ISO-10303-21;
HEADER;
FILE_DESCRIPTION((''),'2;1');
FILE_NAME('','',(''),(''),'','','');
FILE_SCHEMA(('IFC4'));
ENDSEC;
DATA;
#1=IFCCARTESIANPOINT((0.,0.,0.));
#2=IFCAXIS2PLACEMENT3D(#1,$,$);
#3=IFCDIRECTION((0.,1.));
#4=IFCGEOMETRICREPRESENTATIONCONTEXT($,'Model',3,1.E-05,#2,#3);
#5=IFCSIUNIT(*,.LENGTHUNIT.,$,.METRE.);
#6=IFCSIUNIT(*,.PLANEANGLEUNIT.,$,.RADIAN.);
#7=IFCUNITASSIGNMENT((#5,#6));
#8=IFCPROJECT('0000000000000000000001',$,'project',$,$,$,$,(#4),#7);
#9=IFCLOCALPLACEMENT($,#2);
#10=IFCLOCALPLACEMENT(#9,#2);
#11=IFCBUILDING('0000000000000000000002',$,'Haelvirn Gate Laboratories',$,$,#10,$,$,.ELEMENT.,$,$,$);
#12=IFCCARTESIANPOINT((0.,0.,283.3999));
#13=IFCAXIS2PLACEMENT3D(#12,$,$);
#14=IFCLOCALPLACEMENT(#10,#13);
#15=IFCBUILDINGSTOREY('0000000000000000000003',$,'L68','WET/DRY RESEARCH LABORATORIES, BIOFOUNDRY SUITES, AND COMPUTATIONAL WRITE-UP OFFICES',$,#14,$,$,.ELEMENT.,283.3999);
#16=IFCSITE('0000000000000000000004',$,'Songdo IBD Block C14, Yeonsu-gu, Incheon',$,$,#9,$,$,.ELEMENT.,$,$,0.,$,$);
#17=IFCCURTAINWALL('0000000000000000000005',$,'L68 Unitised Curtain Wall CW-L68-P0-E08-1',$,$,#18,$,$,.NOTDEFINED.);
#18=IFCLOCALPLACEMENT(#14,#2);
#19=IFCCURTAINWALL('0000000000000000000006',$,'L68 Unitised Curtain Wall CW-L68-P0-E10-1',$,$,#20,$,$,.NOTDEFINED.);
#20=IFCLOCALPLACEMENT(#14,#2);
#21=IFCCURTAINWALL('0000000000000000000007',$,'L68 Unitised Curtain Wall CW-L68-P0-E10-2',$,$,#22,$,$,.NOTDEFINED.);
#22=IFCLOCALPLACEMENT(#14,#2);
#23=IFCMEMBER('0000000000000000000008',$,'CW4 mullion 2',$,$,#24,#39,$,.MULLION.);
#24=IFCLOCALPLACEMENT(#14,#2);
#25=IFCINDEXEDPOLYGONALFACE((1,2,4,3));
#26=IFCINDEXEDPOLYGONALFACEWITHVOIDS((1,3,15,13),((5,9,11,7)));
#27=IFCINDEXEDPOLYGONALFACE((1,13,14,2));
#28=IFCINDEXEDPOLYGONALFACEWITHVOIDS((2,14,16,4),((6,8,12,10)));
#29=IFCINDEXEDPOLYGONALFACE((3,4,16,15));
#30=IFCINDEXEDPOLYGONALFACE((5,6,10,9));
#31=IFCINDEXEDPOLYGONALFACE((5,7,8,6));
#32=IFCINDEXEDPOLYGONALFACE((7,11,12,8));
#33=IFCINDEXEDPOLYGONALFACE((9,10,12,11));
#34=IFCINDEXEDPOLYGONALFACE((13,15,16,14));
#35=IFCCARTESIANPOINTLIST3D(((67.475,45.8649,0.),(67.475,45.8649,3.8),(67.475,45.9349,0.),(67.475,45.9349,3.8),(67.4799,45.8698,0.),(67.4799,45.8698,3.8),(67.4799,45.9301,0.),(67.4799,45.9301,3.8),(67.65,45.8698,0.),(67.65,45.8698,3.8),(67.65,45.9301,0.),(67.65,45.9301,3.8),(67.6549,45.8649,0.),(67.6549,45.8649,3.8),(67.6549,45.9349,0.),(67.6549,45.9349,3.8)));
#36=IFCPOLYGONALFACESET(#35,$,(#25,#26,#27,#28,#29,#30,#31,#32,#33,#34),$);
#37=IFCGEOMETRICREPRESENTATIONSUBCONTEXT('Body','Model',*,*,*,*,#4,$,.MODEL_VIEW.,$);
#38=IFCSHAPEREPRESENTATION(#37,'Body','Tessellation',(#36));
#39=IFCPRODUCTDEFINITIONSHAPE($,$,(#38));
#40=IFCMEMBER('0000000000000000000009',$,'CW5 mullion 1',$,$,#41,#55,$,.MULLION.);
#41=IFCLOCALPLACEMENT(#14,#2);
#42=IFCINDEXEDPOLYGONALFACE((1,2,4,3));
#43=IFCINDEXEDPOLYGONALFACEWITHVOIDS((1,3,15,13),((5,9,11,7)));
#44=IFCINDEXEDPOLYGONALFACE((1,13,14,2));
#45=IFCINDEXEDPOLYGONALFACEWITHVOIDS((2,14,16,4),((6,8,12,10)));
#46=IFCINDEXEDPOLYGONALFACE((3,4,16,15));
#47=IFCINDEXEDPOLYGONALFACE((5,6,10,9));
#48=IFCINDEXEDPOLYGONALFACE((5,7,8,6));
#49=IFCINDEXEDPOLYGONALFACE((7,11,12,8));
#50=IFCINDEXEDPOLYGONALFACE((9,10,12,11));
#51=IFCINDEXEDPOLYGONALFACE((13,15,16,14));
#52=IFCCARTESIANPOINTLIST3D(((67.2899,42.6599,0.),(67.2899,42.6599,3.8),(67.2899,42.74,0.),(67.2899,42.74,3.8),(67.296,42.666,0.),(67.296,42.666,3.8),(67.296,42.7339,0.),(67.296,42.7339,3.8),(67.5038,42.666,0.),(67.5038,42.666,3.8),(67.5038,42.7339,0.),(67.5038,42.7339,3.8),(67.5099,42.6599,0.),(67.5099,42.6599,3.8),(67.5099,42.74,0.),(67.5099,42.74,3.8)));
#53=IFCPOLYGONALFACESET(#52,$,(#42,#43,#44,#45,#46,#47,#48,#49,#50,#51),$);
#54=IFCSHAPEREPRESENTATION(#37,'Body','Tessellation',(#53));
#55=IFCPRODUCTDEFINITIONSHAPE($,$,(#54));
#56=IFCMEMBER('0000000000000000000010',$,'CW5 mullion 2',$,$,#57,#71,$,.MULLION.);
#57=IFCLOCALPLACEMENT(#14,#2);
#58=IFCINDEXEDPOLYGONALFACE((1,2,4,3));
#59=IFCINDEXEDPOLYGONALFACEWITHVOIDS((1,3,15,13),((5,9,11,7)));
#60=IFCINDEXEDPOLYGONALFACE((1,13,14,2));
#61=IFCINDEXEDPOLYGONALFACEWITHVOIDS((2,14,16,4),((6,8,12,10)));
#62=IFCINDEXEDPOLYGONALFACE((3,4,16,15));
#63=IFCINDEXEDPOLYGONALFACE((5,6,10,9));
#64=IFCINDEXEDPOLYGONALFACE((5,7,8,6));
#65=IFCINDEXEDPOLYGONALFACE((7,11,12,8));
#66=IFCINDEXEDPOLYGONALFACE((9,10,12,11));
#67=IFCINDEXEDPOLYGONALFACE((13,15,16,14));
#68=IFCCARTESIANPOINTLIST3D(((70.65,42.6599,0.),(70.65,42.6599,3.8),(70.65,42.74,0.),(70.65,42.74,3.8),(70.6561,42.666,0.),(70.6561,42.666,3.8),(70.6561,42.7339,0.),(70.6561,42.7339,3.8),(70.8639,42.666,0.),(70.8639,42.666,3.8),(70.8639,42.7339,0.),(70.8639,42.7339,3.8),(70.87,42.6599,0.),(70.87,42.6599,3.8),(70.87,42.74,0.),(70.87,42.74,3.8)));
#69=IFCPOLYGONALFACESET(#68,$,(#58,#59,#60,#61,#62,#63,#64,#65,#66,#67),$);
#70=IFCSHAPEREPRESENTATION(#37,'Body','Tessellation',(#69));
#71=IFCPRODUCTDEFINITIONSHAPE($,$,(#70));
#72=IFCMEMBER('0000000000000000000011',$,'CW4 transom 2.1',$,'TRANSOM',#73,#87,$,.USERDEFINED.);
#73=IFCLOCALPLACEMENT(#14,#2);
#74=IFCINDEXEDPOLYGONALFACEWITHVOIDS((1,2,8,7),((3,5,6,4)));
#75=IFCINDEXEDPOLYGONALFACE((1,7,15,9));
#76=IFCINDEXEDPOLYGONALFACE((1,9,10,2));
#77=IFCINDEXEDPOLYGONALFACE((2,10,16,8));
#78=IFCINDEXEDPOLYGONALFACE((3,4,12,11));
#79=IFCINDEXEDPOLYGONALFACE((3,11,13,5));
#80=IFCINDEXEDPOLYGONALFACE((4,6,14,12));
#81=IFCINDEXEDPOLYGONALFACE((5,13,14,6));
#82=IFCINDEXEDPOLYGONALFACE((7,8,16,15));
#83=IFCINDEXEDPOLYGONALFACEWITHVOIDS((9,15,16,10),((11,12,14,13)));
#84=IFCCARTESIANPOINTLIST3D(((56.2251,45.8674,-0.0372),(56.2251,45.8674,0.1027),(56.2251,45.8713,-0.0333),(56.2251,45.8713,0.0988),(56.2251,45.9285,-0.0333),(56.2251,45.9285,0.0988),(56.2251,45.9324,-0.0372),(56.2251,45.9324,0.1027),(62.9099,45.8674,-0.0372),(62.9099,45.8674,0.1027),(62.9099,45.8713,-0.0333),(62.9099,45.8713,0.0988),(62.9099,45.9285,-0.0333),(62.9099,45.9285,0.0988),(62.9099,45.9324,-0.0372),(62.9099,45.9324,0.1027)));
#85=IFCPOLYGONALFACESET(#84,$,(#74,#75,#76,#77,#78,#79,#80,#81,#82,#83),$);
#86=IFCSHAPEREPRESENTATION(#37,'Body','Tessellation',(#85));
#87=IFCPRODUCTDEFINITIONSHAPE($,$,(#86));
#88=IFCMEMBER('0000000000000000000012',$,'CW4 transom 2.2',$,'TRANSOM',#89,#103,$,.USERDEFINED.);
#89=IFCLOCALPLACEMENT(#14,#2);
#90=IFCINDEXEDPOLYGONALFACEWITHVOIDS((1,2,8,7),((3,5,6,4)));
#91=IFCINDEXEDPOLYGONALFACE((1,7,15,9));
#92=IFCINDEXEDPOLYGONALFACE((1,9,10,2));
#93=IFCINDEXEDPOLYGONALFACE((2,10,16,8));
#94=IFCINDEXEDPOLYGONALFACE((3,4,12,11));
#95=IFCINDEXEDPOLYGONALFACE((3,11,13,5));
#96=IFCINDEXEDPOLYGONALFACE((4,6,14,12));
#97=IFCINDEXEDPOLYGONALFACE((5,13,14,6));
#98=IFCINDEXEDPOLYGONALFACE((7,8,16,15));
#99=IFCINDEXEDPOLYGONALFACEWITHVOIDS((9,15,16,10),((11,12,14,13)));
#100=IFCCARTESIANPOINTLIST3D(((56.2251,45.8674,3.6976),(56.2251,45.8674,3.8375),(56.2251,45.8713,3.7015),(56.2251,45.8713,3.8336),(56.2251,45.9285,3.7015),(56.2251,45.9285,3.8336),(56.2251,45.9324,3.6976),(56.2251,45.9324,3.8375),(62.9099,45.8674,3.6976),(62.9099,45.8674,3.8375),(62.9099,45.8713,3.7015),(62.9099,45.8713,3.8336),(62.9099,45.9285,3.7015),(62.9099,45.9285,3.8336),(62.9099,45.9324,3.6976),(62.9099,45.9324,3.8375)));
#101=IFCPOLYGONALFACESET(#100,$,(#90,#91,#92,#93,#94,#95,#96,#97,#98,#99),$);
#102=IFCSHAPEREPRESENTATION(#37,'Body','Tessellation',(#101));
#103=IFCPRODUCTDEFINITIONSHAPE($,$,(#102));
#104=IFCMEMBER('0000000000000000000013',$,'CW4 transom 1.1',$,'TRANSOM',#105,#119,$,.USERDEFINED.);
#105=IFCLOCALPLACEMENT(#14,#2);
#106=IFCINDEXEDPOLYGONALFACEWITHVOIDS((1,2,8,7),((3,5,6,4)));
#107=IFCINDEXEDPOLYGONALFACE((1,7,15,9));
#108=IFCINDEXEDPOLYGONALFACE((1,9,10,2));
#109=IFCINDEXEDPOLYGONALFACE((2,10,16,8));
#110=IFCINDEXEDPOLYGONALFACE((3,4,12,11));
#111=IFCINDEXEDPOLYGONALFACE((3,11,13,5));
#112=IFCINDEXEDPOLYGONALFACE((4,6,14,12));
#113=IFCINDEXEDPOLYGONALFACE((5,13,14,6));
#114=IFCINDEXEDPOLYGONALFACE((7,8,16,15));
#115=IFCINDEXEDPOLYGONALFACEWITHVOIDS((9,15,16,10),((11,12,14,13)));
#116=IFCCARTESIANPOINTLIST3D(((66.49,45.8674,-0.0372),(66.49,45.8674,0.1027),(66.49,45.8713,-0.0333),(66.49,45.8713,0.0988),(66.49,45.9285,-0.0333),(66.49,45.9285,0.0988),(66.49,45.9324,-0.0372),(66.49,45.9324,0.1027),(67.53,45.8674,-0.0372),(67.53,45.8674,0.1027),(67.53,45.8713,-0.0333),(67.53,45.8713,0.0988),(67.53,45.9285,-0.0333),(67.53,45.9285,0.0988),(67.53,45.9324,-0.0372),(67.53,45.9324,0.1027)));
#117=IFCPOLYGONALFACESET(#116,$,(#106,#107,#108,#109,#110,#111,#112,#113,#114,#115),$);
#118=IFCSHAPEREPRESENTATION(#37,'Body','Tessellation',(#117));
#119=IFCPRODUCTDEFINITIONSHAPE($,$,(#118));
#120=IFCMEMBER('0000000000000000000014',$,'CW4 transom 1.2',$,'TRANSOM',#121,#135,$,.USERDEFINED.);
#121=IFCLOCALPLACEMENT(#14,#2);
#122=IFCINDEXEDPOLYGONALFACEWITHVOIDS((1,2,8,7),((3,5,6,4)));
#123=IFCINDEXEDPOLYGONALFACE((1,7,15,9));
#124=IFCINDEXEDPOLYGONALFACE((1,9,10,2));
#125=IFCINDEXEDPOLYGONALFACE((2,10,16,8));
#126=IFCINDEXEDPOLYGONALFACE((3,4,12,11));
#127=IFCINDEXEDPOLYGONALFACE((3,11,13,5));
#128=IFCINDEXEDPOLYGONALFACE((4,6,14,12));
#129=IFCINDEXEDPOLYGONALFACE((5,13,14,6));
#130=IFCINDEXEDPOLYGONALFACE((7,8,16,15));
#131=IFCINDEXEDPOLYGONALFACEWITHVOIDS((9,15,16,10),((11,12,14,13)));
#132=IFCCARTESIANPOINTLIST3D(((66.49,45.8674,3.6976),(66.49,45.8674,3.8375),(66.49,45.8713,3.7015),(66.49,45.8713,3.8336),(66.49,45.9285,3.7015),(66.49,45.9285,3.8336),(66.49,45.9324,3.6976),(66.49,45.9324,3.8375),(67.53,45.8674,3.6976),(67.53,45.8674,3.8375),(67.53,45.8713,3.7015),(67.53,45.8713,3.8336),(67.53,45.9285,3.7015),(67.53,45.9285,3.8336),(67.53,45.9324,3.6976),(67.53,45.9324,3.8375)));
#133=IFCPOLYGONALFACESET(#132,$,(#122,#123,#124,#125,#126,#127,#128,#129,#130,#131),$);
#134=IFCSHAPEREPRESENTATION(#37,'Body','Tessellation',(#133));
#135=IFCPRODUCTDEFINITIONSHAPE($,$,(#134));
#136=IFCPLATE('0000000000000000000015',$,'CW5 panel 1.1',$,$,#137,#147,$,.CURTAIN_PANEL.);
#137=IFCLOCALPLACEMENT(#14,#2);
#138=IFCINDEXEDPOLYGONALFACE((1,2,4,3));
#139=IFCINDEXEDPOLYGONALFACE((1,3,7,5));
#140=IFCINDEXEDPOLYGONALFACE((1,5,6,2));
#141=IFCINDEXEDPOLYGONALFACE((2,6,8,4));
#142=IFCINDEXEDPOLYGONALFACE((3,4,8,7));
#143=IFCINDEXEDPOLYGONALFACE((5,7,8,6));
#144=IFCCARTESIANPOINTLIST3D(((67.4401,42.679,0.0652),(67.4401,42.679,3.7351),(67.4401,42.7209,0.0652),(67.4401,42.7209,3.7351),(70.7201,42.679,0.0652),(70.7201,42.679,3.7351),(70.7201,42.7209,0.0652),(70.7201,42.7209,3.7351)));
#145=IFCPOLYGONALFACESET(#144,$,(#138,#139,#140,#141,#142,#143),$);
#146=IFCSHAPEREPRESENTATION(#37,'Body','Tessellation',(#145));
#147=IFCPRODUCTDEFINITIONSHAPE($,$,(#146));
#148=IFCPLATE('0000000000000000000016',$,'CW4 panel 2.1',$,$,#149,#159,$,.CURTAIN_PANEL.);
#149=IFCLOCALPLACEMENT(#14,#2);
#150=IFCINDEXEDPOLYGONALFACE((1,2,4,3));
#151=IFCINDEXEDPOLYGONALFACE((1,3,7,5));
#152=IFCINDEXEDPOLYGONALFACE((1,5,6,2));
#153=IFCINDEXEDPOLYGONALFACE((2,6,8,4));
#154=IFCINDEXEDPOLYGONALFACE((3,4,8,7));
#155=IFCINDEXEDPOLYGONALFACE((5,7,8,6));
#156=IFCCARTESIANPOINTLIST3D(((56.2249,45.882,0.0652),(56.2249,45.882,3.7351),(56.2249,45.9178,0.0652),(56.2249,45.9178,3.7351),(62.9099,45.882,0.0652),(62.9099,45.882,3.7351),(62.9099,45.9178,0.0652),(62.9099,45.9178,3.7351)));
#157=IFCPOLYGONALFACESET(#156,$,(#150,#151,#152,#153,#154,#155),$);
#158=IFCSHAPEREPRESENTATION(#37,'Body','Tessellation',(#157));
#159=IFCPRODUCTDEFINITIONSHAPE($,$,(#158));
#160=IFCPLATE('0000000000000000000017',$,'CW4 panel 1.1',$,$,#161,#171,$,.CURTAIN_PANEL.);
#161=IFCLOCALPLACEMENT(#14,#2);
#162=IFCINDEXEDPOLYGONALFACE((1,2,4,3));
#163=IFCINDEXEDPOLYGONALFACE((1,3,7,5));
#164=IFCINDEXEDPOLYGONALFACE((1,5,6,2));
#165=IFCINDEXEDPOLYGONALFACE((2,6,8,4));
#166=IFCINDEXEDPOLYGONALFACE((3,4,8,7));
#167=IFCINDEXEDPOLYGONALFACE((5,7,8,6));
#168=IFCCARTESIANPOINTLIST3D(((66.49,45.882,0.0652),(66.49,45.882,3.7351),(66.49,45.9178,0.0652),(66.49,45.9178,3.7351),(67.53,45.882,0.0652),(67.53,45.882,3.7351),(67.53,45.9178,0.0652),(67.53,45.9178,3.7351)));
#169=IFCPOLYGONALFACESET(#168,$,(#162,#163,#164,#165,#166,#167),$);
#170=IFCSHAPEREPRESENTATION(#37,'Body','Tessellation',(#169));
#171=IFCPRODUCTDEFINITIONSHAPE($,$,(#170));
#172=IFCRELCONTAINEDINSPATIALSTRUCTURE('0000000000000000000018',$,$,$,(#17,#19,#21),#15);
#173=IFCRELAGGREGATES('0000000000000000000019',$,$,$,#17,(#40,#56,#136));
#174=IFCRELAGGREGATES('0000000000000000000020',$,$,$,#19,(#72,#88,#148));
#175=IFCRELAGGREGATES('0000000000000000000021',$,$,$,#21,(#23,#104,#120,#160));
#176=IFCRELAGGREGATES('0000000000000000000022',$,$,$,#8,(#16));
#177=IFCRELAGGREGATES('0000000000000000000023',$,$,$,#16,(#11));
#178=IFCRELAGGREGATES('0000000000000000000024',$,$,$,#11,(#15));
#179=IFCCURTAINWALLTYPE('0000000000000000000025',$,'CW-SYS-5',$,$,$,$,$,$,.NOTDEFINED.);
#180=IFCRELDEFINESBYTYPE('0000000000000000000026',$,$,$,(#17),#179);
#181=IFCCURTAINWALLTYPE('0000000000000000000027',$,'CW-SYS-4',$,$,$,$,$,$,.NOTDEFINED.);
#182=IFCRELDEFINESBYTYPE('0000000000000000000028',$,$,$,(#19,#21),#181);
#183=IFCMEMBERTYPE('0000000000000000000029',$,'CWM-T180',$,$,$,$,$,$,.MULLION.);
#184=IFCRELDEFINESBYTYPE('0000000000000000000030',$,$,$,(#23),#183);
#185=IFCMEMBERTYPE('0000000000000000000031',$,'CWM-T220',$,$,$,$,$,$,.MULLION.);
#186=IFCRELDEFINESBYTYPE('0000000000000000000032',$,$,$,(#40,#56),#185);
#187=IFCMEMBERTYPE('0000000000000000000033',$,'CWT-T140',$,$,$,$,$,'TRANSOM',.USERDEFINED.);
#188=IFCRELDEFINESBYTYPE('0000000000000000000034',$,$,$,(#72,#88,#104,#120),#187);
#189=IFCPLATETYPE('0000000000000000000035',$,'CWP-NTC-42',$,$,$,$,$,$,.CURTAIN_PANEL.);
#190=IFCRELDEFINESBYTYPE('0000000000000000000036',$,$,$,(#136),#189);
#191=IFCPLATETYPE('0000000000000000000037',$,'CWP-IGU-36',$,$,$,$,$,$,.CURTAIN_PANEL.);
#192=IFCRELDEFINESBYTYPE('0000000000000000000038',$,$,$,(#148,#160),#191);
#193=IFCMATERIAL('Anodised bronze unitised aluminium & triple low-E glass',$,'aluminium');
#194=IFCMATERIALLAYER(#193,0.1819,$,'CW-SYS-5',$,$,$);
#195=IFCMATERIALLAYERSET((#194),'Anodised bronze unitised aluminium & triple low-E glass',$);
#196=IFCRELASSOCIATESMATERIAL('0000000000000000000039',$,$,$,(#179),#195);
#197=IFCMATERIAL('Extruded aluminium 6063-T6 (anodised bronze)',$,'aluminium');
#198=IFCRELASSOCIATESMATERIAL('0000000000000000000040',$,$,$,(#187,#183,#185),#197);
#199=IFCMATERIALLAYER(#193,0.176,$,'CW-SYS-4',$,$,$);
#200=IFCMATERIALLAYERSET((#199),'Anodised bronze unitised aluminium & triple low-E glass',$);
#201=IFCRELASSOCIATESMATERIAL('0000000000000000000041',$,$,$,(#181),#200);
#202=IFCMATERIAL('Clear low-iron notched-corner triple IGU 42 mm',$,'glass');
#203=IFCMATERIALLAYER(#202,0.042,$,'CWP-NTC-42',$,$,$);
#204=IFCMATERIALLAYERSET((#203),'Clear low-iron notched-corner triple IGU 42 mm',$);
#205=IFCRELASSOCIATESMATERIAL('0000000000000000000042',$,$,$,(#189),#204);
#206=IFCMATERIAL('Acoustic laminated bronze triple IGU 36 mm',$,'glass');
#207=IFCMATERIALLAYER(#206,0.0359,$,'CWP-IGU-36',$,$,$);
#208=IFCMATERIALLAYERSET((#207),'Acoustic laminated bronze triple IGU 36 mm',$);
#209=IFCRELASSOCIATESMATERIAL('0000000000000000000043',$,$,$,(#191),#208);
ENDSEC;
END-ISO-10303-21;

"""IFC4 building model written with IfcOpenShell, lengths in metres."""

from ifc_helpers import new_model, si_unit, direction, frame, origin, origin_2d, place, context, subcontext, project, spatial, rectangle, hollow_rectangle, extrude, source, transform, mapped, material, layer, layer_set, material_profile, profile_set, type_object, type_shapes, element, aggregate, save


model = new_model("IFC4")

# Units and contexts
model_context = context("Model", 3, precision=1e-05, world=origin(), true_north=direction((0.0, 1.0)))
body_context = subcontext(model_context, "Body", "Model", "MODEL_VIEW")
ifc_project = project(units=[si_unit("LENGTHUNIT", "METRE"), si_unit("PLANEANGLEUNIT", "RADIAN")], contexts=[model_context])

# Site, building, storey
site_placement = place(None, origin())
site = spatial("IfcSite", under=ifc_project, at=site_placement, Name="Songdo IBD Block C14, Yeonsu-gu, Incheon", CompositionType="ELEMENT", RefElevation=0.0)
building_placement = place(site_placement, origin())
building = spatial("IfcBuilding", under=site, at=building_placement, Name="Haelvirn Gate Laboratories", CompositionType="ELEMENT")
storey_placement = place(building_placement, frame((0.0, 0.0, 283.3999)))
storey = spatial("IfcBuildingStorey", under=building, at=storey_placement, Name="L68", Description="WET/DRY RESEARCH LABORATORIES, BIOFOUNDRY SUITES, AND COMPUTATIONAL WRITE-UP OFFICES", CompositionType="ELEMENT", Elevation=283.3999)

# Curtain wall
ifc_material_1 = material(Name="Anodised bronze unitised aluminium & triple low-E glass", Category="aluminium")
ifc_layer_1 = layer(ifc_material_1, 0.1819, Name="CW-SYS-5")
ifc_layer_set_1 = layer_set([ifc_layer_1], Name="Anodised bronze unitised aluminium & triple low-E glass")
curtain_wall_type_1 = type_object("IfcCurtainWallType", Name="CW-SYS-5", PredefinedType="NOTDEFINED", material=ifc_layer_set_1)
curtain_wall_1_placement = place(storey_placement, origin())
curtain_wall_1 = element("IfcCurtainWall", 1, at=curtain_wall_1_placement, inside=storey, type_object=curtain_wall_type_1, Name="L68 Unitised Curtain Wall CW-L68-P0-E08-1", PredefinedType="NOTDEFINED")
ifc_material_2 = material(Name="Extruded aluminium 6063-T6 (anodised bronze)", Category="aluminium")
ifc_material_profile_1 = material_profile(ifc_material_2, hollow_rectangle(XDim=0.0649, YDim=0.1399, WallThickness=0.0039, at=origin_2d()), Name="CWT-140x65x4")
ifc_profile_set_1 = profile_set([ifc_material_profile_1], Name="Extruded aluminium 6063-T6 (anodised bronze)")
member_type_1 = type_object("IfcMemberType", Name="CWT-T140", ElementType="TRANSOM", PredefinedType="USERDEFINED", material=ifc_profile_set_1)

# Shared definitions
ifc_layer_2 = layer(ifc_material_1, 0.176, Name="CW-SYS-4")
ifc_layer_set_2 = layer_set([ifc_layer_2], Name="Anodised bronze unitised aluminium & triple low-E glass")
curtain_wall_type_2 = type_object("IfcCurtainWallType", Name="CW-SYS-4", PredefinedType="NOTDEFINED", material=ifc_layer_set_2)
ifc_material_profile_2 = material_profile(ifc_material_2, hollow_rectangle(XDim=0.0701, YDim=0.1799, WallThickness=0.0049, at=origin_2d()), Name="CWM-180x70x5")
ifc_profile_set_2 = profile_set([ifc_material_profile_2], Name="Extruded aluminium 6063-T6 (anodised bronze)")
member_type_2 = type_object("IfcMemberType", Name="CWM-T180", PredefinedType="MULLION", material=ifc_profile_set_2)
shared_shape_1 = source(origin(), body_context, "Body", "SweptSolid", [
    extrude(hollow_rectangle(XDim=0.0701, YDim=0.1799, WallThickness=0.0049, at=origin_2d()), origin(), (0.0, 0.0, 1.0), 3.8),
])
type_shapes(member_type_2, [shared_shape_1])

# Curtain walls, member
curtain_wall_2_placement = place(storey_placement, origin())
curtain_wall_2 = element("IfcCurtainWall", 2, at=curtain_wall_2_placement, inside=storey, type_object=curtain_wall_type_2, Name="L68 Unitised Curtain Wall CW-L68-P0-E10-1", PredefinedType="NOTDEFINED")
curtain_wall_3_placement = place(storey_placement, origin())
curtain_wall_3 = element("IfcCurtainWall", 3, at=curtain_wall_3_placement, inside=storey, type_object=curtain_wall_type_2, Name="L68 Unitised Curtain Wall CW-L68-P0-E10-2", PredefinedType="NOTDEFINED")
member_1_placement = place(storey_placement, frame((67.5649, 45.8999, 0.0), z_axis=(0.0, 0.0, 1.0), x_axis=(0.0, 1.0, 0.0)))
member_1 = element("IfcMember", 4, at=member_1_placement, type_object=member_type_2, Name="CW4 mullion 2", PredefinedType="MULLION", context=body_context, shape_type="MappedRepresentation", body=[
    mapped(shared_shape_1, transform((0.0, 0.0, 0.0), scale=1.0)),
])

# Members
ifc_material_profile_3 = material_profile(ifc_material_2, hollow_rectangle(XDim=0.0801, YDim=0.22, WallThickness=0.0061, at=origin_2d()), Name="CWM-220x80x6")
ifc_profile_set_3 = profile_set([ifc_material_profile_3], Name="Extruded aluminium 6063-T6 (anodised bronze)")
member_type_3 = type_object("IfcMemberType", Name="CWM-T220", PredefinedType="MULLION", material=ifc_profile_set_3)
shared_shape_2 = source(origin(), body_context, "Body", "SweptSolid", [
    extrude(hollow_rectangle(XDim=0.0801, YDim=0.22, WallThickness=0.0061, at=origin_2d()), origin(), (0.0, 0.0, 1.0), 3.8),
])
type_shapes(member_type_3, [shared_shape_2])
member_2_placement = place(storey_placement, frame((67.3999, 42.7, 0.0), z_axis=(0.0, 0.0, 1.0), x_axis=(0.0, 1.0, 0.0)))
member_2 = element("IfcMember", 5, at=member_2_placement, type_object=member_type_3, Name="CW5 mullion 1", PredefinedType="MULLION", context=body_context, shape_type="MappedRepresentation", body=[
    mapped(shared_shape_2, transform((0.0, 0.0, 0.0), scale=1.0)),
])
member_3_placement = place(storey_placement, frame((70.76, 42.7, 0.0), z_axis=(0.0, 0.0, 1.0), x_axis=(0.0, 1.0, 0.0)))
member_3 = element("IfcMember", 6, at=member_3_placement, type_object=member_type_3, Name="CW5 mullion 2", PredefinedType="MULLION", context=body_context, shape_type="MappedRepresentation", body=[
    mapped(shared_shape_2, transform((0.0, 0.0, 0.0), scale=1.0)),
])
shared_shape_3 = source(origin(), body_context, "Body", "SweptSolid", [
    extrude(hollow_rectangle(XDim=0.0649, YDim=0.1399, WallThickness=0.0039, at=origin_2d()), origin(), (0.0, 0.0, 1.0), 6.6848),
])
member_4_placement = place(storey_placement, frame((56.2251, 45.8999, 0.0327), z_axis=(1.0, 0.0, 0.0), x_axis=(0.0, 1.0, 0.0)))
member_4 = element("IfcMember", 7, at=member_4_placement, type_object=member_type_1, Name="CW4 transom 2.1", ObjectType="TRANSOM", PredefinedType="USERDEFINED", context=body_context, shape_type="MappedRepresentation", body=[
    mapped(shared_shape_3, transform((0.0, 0.0, 0.0), scale=1.0)),
])
member_5_placement = place(storey_placement, frame((56.2251, 45.8999, 3.7676), z_axis=(1.0, 0.0, 0.0), x_axis=(0.0, 1.0, 0.0)))
member_5 = element("IfcMember", 8, at=member_5_placement, type_object=member_type_1, Name="CW4 transom 2.2", ObjectType="TRANSOM", PredefinedType="USERDEFINED", context=body_context, shape_type="MappedRepresentation", body=[
    mapped(shared_shape_3, transform((0.0, 0.0, 0.0), scale=1.0)),
])
shared_shape_4 = source(origin(), body_context, "Body", "SweptSolid", [
    extrude(hollow_rectangle(XDim=0.0649, YDim=0.1399, WallThickness=0.0039, at=origin_2d()), origin(), (0.0, 0.0, 1.0), 1.04),
])
member_6_placement = place(storey_placement, frame((66.49, 45.8999, 0.0327), z_axis=(1.0, 0.0, 0.0), x_axis=(0.0, 1.0, 0.0)))
member_6 = element("IfcMember", 9, at=member_6_placement, type_object=member_type_1, Name="CW4 transom 1.1", ObjectType="TRANSOM", PredefinedType="USERDEFINED", context=body_context, shape_type="MappedRepresentation", body=[
    mapped(shared_shape_4, transform((0.0, 0.0, 0.0), scale=1.0)),
])
member_7_placement = place(storey_placement, frame((66.49, 45.8999, 3.7676), z_axis=(1.0, 0.0, 0.0), x_axis=(0.0, 1.0, 0.0)))
member_7 = element("IfcMember", 10, at=member_7_placement, type_object=member_type_1, Name="CW4 transom 1.2", ObjectType="TRANSOM", PredefinedType="USERDEFINED", context=body_context, shape_type="MappedRepresentation", body=[
    mapped(shared_shape_4, transform((0.0, 0.0, 0.0), scale=1.0)),
])

# Plates
ifc_material_3 = material(Name="Clear low-iron notched-corner triple IGU 42 mm", Category="glass")
ifc_layer_3 = layer(ifc_material_3, 0.042, Name="CWP-NTC-42")
ifc_layer_set_3 = layer_set([ifc_layer_3], Name="Clear low-iron notched-corner triple IGU 42 mm")
plate_type_1 = type_object("IfcPlateType", Name="CWP-NTC-42", PredefinedType="CURTAIN_PANEL", material=ifc_layer_set_3)
shared_shape_5 = source(origin(), body_context, "Body", "SweptSolid", [
    extrude(rectangle(XDim=3.28, YDim=0.042, at=origin_2d()), origin(), (0.0, 0.0, 1.0), 3.6699),
])
type_shapes(plate_type_1, [shared_shape_5])
plate_1_placement = place(storey_placement, frame((69.0801, 42.7, 0.0652), z_axis=(0.0, 0.0, 1.0), x_axis=(1.0, 0.0, 0.0)))
plate_1 = element("IfcPlate", 11, at=plate_1_placement, type_object=plate_type_1, Name="CW5 panel 1.1", PredefinedType="CURTAIN_PANEL", context=body_context, shape_type="MappedRepresentation", body=[
    mapped(shared_shape_5, transform((0.0, 0.0, 0.0), scale=1.0)),
])
aggregate(curtain_wall_1, [member_2, member_3, plate_1])
ifc_material_4 = material(Name="Acoustic laminated bronze triple IGU 36 mm", Category="glass")
ifc_layer_4 = layer(ifc_material_4, 0.0359, Name="CWP-IGU-36")
ifc_layer_set_4 = layer_set([ifc_layer_4], Name="Acoustic laminated bronze triple IGU 36 mm")
plate_type_2 = type_object("IfcPlateType", Name="CWP-IGU-36", PredefinedType="CURTAIN_PANEL", material=ifc_layer_set_4)
shared_shape_6 = source(origin(), body_context, "Body", "SweptSolid", [
    extrude(rectangle(XDim=6.6851, YDim=0.0359, at=origin_2d()), origin(), (0.0, 0.0, 1.0), 3.6699),
])
plate_2_placement = place(storey_placement, frame((59.5674, 45.8999, 0.0652), z_axis=(0.0, 0.0, 1.0), x_axis=(1.0, 0.0, 0.0)))
plate_2 = element("IfcPlate", 12, at=plate_2_placement, type_object=plate_type_2, Name="CW4 panel 2.1", PredefinedType="CURTAIN_PANEL", context=body_context, shape_type="MappedRepresentation", body=[
    mapped(shared_shape_6, transform((0.0, 0.0, 0.0), scale=1.0)),
])
aggregate(curtain_wall_2, [member_4, member_5, plate_2])
shared_shape_7 = source(origin(), body_context, "Body", "SweptSolid", [
    extrude(rectangle(XDim=1.04, YDim=0.0359, at=origin_2d()), origin(), (0.0, 0.0, 1.0), 3.6699),
])
type_shapes(plate_type_2, [shared_shape_6, shared_shape_7])
plate_3_placement = place(storey_placement, frame((67.01, 45.8999, 0.0652), z_axis=(0.0, 0.0, 1.0), x_axis=(1.0, 0.0, 0.0)))
plate_3 = element("IfcPlate", 13, at=plate_3_placement, type_object=plate_type_2, Name="CW4 panel 1.1", PredefinedType="CURTAIN_PANEL", context=body_context, shape_type="MappedRepresentation", body=[
    mapped(shared_shape_7, transform((0.0, 0.0, 0.0), scale=1.0)),
])
aggregate(curtain_wall_3, [member_1, member_6, member_7, plate_3])

save(model, "model.ifc")
